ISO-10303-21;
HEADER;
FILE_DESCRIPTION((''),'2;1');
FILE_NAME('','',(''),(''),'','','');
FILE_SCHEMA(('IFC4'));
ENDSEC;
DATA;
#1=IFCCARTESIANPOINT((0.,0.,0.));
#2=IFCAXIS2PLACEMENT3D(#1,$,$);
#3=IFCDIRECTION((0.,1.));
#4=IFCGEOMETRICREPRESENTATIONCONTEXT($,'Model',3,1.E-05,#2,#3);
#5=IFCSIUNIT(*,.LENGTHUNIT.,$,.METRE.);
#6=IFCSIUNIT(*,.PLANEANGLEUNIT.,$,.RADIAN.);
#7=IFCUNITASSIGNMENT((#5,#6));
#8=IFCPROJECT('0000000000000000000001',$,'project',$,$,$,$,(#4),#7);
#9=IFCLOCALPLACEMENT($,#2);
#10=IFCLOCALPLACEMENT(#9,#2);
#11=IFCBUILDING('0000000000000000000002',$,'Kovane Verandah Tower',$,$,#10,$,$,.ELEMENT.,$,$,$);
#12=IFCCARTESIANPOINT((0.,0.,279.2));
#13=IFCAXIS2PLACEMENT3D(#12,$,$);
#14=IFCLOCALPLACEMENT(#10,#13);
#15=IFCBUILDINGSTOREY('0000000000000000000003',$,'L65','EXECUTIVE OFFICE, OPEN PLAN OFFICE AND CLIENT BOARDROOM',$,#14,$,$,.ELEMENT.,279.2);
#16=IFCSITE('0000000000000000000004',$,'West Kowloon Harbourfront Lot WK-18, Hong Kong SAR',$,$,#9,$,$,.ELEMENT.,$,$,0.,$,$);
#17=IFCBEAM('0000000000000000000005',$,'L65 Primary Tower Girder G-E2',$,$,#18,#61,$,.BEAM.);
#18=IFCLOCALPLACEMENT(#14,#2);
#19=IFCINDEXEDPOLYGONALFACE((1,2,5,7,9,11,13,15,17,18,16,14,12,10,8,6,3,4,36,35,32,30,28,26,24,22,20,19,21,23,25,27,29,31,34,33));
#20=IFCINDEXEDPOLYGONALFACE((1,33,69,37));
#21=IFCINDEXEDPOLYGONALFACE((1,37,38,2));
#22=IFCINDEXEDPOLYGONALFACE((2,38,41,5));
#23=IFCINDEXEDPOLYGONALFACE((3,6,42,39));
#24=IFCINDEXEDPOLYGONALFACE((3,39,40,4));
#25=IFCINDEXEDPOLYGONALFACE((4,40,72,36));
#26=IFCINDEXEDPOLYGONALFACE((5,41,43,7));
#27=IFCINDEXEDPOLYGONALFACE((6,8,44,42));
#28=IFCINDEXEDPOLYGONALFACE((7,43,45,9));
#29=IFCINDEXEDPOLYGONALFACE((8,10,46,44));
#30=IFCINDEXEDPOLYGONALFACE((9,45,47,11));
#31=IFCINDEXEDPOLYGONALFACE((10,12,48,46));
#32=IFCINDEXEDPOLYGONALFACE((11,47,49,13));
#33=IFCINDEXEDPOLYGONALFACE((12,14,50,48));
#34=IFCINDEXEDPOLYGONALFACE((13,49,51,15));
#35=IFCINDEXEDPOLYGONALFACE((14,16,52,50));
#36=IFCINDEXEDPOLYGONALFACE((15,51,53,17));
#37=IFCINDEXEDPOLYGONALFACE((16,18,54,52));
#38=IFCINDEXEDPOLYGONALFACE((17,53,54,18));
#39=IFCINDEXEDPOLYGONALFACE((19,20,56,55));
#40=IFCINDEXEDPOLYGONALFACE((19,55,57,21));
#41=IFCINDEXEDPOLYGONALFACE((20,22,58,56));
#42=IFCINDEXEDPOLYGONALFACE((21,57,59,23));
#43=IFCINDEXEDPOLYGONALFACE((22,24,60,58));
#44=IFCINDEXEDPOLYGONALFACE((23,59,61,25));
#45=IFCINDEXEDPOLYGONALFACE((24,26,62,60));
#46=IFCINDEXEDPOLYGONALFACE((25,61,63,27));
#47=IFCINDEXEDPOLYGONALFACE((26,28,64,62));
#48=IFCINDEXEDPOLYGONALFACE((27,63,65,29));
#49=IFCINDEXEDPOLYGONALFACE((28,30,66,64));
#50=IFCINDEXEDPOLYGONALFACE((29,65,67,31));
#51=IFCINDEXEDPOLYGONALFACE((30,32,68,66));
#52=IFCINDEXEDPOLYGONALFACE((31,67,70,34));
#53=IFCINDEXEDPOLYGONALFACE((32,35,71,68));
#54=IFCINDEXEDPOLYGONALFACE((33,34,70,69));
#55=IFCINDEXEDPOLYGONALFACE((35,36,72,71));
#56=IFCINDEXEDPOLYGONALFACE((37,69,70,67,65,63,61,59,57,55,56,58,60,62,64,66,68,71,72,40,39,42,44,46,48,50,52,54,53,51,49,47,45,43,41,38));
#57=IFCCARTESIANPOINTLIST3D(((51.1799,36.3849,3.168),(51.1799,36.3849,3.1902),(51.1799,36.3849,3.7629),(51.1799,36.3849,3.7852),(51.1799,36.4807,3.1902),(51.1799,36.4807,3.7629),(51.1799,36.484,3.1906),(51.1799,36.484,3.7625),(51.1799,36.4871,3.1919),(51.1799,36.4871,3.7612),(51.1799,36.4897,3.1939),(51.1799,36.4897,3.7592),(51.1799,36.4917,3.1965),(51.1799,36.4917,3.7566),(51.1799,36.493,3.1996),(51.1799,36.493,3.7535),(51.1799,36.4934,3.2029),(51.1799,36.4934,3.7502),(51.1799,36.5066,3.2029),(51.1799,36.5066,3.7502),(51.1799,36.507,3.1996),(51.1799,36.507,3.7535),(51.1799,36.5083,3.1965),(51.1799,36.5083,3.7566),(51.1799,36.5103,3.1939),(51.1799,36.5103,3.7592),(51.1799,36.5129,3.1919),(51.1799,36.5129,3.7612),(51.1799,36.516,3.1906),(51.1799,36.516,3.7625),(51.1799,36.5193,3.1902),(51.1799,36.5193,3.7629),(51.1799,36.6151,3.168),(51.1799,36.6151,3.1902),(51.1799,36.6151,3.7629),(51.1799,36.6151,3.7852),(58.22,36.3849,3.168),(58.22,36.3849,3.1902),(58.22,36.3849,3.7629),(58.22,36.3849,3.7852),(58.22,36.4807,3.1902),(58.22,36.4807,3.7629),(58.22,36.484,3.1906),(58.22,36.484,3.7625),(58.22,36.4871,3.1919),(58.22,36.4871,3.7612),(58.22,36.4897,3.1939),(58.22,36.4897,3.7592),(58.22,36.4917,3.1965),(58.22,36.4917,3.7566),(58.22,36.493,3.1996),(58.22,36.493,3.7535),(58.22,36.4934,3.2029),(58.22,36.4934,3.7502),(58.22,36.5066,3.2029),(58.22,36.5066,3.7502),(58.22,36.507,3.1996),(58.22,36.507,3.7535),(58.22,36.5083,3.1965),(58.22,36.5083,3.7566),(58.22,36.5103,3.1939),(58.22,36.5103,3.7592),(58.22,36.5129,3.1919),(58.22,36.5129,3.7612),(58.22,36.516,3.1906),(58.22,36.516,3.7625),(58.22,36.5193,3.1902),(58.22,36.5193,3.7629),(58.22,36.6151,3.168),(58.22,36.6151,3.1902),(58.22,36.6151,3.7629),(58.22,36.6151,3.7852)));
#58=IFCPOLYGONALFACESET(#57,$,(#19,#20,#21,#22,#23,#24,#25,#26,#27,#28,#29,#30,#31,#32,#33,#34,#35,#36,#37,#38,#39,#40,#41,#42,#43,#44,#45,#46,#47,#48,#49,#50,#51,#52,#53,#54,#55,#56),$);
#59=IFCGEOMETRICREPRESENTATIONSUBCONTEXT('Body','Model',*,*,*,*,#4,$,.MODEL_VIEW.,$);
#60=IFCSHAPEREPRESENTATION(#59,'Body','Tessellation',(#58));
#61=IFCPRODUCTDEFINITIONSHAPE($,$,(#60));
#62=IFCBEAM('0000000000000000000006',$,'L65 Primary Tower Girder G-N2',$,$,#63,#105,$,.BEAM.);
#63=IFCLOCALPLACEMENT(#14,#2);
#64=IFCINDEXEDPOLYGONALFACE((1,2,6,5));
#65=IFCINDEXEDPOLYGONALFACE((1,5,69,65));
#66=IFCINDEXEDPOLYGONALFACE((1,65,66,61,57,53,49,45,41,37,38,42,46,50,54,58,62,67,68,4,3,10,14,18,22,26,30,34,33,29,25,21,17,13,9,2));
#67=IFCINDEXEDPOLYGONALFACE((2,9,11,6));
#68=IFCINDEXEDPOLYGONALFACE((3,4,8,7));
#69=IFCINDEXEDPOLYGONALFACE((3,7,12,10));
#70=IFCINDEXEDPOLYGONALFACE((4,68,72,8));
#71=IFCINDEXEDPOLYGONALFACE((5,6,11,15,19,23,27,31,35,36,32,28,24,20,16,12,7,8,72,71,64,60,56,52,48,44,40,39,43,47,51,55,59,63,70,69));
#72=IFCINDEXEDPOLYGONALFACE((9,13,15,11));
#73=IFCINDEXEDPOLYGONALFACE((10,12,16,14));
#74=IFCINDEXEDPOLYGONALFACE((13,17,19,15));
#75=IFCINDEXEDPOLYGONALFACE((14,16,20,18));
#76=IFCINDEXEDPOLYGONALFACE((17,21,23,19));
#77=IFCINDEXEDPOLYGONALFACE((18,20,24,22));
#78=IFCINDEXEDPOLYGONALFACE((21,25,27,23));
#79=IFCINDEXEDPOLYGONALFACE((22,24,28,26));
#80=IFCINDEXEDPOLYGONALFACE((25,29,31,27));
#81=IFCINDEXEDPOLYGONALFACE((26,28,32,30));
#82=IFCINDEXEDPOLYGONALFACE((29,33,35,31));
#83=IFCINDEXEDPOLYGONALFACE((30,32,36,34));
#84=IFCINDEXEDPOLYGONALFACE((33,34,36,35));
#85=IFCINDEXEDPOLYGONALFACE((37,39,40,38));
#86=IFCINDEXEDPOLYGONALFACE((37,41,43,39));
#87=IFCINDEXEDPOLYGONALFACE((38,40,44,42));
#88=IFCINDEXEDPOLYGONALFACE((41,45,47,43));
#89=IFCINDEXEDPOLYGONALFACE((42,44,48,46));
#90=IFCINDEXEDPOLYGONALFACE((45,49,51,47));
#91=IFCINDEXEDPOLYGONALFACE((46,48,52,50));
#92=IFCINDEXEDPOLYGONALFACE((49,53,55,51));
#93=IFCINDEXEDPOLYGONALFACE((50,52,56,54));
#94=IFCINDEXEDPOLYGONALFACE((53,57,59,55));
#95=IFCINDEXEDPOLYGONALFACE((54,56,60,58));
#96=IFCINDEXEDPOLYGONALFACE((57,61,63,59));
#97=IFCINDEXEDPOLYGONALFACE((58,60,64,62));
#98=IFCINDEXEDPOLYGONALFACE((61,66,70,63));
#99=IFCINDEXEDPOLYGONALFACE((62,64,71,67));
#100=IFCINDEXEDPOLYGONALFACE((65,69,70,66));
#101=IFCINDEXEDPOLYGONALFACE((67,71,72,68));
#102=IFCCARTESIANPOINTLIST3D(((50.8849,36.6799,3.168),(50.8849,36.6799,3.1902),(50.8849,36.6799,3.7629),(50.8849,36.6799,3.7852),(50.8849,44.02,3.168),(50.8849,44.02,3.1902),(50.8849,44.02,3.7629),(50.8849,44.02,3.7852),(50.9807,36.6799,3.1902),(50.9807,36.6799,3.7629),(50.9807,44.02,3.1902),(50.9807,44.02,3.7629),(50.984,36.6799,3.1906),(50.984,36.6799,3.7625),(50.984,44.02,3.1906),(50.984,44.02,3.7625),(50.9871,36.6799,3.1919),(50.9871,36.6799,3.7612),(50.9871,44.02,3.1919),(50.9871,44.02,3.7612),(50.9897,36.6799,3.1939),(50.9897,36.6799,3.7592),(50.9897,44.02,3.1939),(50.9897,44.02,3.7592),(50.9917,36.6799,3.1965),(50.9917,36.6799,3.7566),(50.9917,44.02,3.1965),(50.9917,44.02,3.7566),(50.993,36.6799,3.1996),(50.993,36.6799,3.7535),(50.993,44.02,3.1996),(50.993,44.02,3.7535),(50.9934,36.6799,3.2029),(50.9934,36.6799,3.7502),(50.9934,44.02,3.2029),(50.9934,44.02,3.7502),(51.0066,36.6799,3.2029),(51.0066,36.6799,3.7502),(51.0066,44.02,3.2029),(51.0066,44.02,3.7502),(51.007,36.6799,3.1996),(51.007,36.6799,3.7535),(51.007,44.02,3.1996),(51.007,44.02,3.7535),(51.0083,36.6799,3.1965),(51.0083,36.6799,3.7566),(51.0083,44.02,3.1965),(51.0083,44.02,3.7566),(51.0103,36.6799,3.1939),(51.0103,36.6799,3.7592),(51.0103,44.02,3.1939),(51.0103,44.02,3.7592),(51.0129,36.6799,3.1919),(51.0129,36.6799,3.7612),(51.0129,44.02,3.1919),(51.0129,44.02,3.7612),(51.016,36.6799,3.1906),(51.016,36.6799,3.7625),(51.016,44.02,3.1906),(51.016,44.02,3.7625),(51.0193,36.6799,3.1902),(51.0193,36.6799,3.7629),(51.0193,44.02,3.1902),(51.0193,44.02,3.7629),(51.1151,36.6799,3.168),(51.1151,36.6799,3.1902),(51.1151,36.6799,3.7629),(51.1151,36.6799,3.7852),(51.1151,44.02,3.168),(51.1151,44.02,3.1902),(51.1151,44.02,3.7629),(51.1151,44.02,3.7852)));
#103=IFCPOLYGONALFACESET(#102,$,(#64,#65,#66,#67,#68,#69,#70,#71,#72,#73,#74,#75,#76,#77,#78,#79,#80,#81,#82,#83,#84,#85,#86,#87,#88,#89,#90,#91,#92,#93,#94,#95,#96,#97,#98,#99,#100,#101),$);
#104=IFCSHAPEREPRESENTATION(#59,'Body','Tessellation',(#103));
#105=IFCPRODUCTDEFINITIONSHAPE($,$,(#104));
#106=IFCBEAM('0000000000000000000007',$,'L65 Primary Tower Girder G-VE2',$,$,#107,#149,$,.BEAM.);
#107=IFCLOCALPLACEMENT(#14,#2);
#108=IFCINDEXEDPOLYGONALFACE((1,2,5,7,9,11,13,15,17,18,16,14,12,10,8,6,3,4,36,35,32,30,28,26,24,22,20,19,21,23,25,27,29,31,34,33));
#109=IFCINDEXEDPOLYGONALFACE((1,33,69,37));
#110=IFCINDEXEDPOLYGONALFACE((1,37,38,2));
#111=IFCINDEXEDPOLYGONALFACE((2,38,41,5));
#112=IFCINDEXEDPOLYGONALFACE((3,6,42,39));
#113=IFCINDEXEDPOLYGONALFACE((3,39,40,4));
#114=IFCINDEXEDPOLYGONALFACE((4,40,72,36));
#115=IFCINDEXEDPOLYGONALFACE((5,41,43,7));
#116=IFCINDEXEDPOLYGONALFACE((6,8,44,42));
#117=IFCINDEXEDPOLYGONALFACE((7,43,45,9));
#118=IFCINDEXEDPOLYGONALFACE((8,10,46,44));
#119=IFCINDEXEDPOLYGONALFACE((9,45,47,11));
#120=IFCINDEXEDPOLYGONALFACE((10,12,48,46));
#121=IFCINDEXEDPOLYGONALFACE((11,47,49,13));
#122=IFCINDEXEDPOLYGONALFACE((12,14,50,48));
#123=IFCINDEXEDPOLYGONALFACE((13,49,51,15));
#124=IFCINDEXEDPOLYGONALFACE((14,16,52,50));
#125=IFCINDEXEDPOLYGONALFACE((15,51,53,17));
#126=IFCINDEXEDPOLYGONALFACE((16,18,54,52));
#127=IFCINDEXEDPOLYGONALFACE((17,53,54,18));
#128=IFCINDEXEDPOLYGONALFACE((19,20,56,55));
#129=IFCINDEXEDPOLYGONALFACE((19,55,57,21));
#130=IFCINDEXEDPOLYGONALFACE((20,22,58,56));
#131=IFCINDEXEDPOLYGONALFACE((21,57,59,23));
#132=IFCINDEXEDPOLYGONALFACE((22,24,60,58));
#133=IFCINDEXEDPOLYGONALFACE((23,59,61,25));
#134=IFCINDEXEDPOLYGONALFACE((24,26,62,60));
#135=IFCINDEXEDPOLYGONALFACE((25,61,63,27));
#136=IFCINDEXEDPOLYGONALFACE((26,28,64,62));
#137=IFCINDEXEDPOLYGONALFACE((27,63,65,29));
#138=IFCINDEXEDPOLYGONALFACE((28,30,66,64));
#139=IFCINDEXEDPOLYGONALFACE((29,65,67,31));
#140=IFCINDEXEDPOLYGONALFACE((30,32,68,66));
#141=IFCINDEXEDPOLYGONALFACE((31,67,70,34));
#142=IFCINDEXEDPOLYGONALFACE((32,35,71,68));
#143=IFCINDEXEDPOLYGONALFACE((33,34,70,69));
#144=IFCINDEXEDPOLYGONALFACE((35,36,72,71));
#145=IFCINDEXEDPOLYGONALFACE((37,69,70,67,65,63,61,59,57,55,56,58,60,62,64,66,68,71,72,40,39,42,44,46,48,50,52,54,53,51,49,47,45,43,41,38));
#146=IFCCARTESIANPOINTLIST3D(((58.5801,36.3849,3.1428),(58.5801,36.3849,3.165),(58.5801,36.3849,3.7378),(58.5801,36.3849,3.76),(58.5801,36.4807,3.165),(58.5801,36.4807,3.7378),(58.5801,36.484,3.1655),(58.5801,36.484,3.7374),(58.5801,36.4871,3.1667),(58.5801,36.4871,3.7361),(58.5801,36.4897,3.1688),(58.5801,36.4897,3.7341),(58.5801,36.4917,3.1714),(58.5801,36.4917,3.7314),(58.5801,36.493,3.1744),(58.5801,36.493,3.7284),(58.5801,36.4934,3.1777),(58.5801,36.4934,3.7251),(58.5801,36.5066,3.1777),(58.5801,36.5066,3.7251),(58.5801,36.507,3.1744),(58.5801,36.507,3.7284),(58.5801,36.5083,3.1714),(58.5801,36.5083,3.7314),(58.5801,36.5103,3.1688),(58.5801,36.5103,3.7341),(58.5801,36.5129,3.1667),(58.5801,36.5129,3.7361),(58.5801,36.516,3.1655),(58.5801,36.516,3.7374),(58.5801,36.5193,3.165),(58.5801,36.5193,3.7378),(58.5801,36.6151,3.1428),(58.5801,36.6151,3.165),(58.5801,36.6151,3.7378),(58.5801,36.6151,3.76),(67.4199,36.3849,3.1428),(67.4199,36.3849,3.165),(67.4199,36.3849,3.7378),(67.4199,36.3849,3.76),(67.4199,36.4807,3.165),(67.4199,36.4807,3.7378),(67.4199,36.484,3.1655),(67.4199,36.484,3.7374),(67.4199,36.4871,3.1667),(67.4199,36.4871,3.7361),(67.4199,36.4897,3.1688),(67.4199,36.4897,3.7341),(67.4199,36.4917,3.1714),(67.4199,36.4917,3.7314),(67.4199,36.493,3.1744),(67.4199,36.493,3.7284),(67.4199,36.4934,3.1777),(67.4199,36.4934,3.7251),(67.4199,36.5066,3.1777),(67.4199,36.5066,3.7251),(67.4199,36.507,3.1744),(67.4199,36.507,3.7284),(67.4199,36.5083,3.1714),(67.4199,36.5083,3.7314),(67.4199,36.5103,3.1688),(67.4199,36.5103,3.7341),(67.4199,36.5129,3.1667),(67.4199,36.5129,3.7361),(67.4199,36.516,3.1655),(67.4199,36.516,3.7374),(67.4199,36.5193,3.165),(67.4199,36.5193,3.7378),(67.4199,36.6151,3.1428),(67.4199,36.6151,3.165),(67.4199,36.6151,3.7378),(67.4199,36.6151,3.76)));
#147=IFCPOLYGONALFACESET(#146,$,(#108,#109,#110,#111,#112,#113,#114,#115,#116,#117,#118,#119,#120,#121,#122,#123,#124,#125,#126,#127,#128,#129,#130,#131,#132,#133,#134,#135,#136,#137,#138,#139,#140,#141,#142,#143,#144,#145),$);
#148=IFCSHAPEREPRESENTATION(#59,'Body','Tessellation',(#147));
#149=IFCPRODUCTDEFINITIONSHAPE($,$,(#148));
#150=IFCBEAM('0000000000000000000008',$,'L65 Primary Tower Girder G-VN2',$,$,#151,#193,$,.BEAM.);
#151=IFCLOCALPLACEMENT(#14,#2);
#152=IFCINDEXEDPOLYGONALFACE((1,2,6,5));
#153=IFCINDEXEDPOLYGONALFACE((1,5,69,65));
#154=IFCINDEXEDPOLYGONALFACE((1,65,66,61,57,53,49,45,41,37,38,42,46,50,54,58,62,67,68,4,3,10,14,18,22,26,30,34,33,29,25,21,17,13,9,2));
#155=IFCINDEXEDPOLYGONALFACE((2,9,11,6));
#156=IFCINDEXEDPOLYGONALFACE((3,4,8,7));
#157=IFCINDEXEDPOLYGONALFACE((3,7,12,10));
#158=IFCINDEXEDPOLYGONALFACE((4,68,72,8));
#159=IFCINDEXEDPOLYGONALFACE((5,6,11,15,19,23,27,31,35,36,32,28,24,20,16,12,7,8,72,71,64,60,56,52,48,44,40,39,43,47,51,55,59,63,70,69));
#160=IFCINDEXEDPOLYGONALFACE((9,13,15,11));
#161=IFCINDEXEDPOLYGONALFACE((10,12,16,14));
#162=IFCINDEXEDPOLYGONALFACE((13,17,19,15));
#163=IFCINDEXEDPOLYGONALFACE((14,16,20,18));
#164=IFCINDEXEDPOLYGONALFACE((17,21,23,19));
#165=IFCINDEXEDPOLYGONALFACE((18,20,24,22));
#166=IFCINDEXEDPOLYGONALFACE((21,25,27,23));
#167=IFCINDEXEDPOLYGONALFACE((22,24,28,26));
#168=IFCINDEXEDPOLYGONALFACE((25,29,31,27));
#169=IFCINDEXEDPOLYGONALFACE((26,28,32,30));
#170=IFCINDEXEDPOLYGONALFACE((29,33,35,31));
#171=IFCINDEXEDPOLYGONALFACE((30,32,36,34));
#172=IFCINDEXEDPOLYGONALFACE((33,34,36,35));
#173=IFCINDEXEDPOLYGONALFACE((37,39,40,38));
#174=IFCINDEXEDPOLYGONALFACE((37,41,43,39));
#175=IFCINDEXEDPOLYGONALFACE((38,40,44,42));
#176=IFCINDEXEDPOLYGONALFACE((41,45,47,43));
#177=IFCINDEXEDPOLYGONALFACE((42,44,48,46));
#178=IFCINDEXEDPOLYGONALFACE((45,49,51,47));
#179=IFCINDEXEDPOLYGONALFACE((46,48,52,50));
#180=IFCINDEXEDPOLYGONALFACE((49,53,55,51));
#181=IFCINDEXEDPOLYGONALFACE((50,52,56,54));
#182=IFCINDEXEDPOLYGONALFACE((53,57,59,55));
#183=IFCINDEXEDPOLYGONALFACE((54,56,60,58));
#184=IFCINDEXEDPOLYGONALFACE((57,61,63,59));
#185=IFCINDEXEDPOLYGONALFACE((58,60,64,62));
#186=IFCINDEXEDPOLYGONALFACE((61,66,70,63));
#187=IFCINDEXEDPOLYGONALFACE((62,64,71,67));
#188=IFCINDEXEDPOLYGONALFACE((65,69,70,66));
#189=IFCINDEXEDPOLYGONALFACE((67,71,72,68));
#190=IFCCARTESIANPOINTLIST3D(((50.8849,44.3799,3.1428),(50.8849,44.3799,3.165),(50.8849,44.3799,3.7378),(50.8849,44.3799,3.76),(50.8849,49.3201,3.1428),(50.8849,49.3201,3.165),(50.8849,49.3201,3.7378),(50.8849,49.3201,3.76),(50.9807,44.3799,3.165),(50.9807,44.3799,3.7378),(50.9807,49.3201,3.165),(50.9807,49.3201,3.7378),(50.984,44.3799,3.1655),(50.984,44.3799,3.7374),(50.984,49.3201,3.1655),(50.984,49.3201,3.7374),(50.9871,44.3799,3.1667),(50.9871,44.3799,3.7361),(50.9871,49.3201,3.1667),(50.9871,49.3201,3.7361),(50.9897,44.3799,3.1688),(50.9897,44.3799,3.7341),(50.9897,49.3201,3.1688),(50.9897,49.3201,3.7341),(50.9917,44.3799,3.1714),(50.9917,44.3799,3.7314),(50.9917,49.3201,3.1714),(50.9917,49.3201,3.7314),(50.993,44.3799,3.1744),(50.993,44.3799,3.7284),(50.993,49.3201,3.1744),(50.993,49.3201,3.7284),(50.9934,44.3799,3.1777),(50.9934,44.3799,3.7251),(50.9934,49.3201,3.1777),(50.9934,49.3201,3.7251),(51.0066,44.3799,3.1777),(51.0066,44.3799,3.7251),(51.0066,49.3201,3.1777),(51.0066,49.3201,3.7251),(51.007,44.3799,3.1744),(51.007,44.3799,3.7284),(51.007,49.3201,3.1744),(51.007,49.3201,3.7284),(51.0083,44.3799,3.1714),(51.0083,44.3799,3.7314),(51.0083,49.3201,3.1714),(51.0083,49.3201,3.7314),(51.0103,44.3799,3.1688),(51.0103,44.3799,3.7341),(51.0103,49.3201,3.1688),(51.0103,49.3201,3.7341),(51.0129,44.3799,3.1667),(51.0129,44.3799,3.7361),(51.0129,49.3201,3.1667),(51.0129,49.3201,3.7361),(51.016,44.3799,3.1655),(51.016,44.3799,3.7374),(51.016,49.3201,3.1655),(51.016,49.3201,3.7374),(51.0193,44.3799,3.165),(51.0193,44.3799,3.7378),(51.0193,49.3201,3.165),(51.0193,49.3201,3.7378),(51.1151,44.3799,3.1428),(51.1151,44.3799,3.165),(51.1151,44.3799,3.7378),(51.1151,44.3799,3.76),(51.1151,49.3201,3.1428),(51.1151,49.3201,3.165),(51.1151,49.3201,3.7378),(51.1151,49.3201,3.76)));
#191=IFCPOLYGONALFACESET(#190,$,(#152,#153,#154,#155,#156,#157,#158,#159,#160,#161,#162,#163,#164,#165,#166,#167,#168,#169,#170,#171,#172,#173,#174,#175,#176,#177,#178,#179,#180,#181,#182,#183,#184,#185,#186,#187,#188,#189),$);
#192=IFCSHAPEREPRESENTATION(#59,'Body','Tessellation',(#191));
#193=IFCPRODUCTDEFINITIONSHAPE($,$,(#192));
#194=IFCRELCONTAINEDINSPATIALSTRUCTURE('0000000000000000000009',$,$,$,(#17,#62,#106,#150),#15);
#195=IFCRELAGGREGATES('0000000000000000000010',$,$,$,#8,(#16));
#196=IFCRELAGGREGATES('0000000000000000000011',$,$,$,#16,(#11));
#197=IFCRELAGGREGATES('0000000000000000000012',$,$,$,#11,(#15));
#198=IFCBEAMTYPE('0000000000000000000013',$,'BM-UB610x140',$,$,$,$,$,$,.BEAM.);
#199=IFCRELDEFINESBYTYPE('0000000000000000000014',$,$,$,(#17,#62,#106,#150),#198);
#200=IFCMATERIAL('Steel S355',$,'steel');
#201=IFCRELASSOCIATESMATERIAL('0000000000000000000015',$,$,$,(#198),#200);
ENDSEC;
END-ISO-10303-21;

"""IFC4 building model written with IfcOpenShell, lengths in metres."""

from ifc_helpers import new_model, si_unit, direction, frame, origin, origin_2d, place, context, subcontext, project, spatial, i_section, extrude, material, material_profile, profile_set, type_object, element, save


model = new_model("IFC4")

# Units and contexts
model_context = context("Model", 3, precision=1e-05, world=origin(), true_north=direction((0.0, 1.0)))
body_context = subcontext(model_context, "Body", "Model", "MODEL_VIEW")
ifc_project = project(units=[si_unit("LENGTHUNIT", "METRE"), si_unit("PLANEANGLEUNIT", "RADIAN")], contexts=[model_context])

# Site, building, storey
site_placement = place(None, origin())
site = spatial("IfcSite", under=ifc_project, at=site_placement, Name="West Kowloon Harbourfront Lot WK-18, Hong Kong SAR", CompositionType="ELEMENT", RefElevation=0.0)
building_placement = place(site_placement, origin())
building = spatial("IfcBuilding", under=site, at=building_placement, Name="Kovane Verandah Tower", CompositionType="ELEMENT")
storey_placement = place(building_placement, frame((0.0, 0.0, 279.2)))
storey = spatial("IfcBuildingStorey", under=building, at=storey_placement, Name="L65", Description="EXECUTIVE OFFICE, OPEN PLAN OFFICE AND CLIENT BOARDROOM", CompositionType="ELEMENT", Elevation=279.2)

# Beams
ifc_material_1 = material(Name="Steel S355", Category="steel")
ifc_material_profile_1 = material_profile(ifc_material_1, i_section(OverallWidth=0.2302, OverallDepth=0.6172, WebThickness=0.0132, FlangeThickness=0.0222, FilletRadius=0.0127, at=origin_2d()), Name="UB610x229x140")
ifc_profile_set_1 = profile_set([ifc_material_profile_1], Name="Steel S355")
beam_type_1 = type_object("IfcBeamType", Name="BM-UB610x140", PredefinedType="BEAM", material=ifc_profile_set_1)
beam_1_placement = place(storey_placement, frame((51.1799, 36.5, 3.4766), z_axis=(1.0, 0.0, 0.0), x_axis=(0.0, 1.0, 0.0)))
element("IfcBeam", 1, at=beam_1_placement, inside=storey, type_object=beam_type_1, Name="L65 Primary Tower Girder G-E2", PredefinedType="BEAM", context=body_context, shape_type="SweptSolid", body=[
    extrude(i_section(OverallWidth=0.2302, OverallDepth=0.6172, WebThickness=0.0132, FlangeThickness=0.0222, FilletRadius=0.0127, at=origin_2d()), origin(), (0.0, 0.0, 1.0), 7.04),
])
beam_2_placement = place(storey_placement, frame((51.0, 36.6799, 3.4766), z_axis=(0.0, 1.0, 0.0), x_axis=(-1.0, 0.0, 0.0)))
element("IfcBeam", 2, at=beam_2_placement, inside=storey, type_object=beam_type_1, Name="L65 Primary Tower Girder G-N2", PredefinedType="BEAM", context=body_context, shape_type="SweptSolid", body=[
    extrude(i_section(OverallWidth=0.2302, OverallDepth=0.6172, WebThickness=0.0132, FlangeThickness=0.0222, FilletRadius=0.0127, at=origin_2d()), origin(), (0.0, 0.0, 1.0), 7.3401),
])
beam_3_placement = place(storey_placement, frame((58.5801, 36.5, 3.4514), z_axis=(1.0, 0.0, 0.0), x_axis=(0.0, 1.0, 0.0)))
element("IfcBeam", 3, at=beam_3_placement, inside=storey, type_object=beam_type_1, Name="L65 Primary Tower Girder G-VE2", PredefinedType="BEAM", context=body_context, shape_type="SweptSolid", body=[
    extrude(i_section(OverallWidth=0.2302, OverallDepth=0.6172, WebThickness=0.0132, FlangeThickness=0.0222, FilletRadius=0.0127, at=origin_2d()), origin(), (0.0, 0.0, 1.0), 8.8398),
])
beam_4_placement = place(storey_placement, frame((51.0, 44.3799, 3.4514), z_axis=(0.0, 1.0, 0.0), x_axis=(-1.0, 0.0, 0.0)))
element("IfcBeam", 4, at=beam_4_placement, inside=storey, type_object=beam_type_1, Name="L65 Primary Tower Girder G-VN2", PredefinedType="BEAM", context=body_context, shape_type="SweptSolid", body=[
    extrude(i_section(OverallWidth=0.2302, OverallDepth=0.6172, WebThickness=0.0132, FlangeThickness=0.0222, FilletRadius=0.0127, at=origin_2d()), origin(), (0.0, 0.0, 1.0), 4.9402),
])

save(model, "model.ifc")
